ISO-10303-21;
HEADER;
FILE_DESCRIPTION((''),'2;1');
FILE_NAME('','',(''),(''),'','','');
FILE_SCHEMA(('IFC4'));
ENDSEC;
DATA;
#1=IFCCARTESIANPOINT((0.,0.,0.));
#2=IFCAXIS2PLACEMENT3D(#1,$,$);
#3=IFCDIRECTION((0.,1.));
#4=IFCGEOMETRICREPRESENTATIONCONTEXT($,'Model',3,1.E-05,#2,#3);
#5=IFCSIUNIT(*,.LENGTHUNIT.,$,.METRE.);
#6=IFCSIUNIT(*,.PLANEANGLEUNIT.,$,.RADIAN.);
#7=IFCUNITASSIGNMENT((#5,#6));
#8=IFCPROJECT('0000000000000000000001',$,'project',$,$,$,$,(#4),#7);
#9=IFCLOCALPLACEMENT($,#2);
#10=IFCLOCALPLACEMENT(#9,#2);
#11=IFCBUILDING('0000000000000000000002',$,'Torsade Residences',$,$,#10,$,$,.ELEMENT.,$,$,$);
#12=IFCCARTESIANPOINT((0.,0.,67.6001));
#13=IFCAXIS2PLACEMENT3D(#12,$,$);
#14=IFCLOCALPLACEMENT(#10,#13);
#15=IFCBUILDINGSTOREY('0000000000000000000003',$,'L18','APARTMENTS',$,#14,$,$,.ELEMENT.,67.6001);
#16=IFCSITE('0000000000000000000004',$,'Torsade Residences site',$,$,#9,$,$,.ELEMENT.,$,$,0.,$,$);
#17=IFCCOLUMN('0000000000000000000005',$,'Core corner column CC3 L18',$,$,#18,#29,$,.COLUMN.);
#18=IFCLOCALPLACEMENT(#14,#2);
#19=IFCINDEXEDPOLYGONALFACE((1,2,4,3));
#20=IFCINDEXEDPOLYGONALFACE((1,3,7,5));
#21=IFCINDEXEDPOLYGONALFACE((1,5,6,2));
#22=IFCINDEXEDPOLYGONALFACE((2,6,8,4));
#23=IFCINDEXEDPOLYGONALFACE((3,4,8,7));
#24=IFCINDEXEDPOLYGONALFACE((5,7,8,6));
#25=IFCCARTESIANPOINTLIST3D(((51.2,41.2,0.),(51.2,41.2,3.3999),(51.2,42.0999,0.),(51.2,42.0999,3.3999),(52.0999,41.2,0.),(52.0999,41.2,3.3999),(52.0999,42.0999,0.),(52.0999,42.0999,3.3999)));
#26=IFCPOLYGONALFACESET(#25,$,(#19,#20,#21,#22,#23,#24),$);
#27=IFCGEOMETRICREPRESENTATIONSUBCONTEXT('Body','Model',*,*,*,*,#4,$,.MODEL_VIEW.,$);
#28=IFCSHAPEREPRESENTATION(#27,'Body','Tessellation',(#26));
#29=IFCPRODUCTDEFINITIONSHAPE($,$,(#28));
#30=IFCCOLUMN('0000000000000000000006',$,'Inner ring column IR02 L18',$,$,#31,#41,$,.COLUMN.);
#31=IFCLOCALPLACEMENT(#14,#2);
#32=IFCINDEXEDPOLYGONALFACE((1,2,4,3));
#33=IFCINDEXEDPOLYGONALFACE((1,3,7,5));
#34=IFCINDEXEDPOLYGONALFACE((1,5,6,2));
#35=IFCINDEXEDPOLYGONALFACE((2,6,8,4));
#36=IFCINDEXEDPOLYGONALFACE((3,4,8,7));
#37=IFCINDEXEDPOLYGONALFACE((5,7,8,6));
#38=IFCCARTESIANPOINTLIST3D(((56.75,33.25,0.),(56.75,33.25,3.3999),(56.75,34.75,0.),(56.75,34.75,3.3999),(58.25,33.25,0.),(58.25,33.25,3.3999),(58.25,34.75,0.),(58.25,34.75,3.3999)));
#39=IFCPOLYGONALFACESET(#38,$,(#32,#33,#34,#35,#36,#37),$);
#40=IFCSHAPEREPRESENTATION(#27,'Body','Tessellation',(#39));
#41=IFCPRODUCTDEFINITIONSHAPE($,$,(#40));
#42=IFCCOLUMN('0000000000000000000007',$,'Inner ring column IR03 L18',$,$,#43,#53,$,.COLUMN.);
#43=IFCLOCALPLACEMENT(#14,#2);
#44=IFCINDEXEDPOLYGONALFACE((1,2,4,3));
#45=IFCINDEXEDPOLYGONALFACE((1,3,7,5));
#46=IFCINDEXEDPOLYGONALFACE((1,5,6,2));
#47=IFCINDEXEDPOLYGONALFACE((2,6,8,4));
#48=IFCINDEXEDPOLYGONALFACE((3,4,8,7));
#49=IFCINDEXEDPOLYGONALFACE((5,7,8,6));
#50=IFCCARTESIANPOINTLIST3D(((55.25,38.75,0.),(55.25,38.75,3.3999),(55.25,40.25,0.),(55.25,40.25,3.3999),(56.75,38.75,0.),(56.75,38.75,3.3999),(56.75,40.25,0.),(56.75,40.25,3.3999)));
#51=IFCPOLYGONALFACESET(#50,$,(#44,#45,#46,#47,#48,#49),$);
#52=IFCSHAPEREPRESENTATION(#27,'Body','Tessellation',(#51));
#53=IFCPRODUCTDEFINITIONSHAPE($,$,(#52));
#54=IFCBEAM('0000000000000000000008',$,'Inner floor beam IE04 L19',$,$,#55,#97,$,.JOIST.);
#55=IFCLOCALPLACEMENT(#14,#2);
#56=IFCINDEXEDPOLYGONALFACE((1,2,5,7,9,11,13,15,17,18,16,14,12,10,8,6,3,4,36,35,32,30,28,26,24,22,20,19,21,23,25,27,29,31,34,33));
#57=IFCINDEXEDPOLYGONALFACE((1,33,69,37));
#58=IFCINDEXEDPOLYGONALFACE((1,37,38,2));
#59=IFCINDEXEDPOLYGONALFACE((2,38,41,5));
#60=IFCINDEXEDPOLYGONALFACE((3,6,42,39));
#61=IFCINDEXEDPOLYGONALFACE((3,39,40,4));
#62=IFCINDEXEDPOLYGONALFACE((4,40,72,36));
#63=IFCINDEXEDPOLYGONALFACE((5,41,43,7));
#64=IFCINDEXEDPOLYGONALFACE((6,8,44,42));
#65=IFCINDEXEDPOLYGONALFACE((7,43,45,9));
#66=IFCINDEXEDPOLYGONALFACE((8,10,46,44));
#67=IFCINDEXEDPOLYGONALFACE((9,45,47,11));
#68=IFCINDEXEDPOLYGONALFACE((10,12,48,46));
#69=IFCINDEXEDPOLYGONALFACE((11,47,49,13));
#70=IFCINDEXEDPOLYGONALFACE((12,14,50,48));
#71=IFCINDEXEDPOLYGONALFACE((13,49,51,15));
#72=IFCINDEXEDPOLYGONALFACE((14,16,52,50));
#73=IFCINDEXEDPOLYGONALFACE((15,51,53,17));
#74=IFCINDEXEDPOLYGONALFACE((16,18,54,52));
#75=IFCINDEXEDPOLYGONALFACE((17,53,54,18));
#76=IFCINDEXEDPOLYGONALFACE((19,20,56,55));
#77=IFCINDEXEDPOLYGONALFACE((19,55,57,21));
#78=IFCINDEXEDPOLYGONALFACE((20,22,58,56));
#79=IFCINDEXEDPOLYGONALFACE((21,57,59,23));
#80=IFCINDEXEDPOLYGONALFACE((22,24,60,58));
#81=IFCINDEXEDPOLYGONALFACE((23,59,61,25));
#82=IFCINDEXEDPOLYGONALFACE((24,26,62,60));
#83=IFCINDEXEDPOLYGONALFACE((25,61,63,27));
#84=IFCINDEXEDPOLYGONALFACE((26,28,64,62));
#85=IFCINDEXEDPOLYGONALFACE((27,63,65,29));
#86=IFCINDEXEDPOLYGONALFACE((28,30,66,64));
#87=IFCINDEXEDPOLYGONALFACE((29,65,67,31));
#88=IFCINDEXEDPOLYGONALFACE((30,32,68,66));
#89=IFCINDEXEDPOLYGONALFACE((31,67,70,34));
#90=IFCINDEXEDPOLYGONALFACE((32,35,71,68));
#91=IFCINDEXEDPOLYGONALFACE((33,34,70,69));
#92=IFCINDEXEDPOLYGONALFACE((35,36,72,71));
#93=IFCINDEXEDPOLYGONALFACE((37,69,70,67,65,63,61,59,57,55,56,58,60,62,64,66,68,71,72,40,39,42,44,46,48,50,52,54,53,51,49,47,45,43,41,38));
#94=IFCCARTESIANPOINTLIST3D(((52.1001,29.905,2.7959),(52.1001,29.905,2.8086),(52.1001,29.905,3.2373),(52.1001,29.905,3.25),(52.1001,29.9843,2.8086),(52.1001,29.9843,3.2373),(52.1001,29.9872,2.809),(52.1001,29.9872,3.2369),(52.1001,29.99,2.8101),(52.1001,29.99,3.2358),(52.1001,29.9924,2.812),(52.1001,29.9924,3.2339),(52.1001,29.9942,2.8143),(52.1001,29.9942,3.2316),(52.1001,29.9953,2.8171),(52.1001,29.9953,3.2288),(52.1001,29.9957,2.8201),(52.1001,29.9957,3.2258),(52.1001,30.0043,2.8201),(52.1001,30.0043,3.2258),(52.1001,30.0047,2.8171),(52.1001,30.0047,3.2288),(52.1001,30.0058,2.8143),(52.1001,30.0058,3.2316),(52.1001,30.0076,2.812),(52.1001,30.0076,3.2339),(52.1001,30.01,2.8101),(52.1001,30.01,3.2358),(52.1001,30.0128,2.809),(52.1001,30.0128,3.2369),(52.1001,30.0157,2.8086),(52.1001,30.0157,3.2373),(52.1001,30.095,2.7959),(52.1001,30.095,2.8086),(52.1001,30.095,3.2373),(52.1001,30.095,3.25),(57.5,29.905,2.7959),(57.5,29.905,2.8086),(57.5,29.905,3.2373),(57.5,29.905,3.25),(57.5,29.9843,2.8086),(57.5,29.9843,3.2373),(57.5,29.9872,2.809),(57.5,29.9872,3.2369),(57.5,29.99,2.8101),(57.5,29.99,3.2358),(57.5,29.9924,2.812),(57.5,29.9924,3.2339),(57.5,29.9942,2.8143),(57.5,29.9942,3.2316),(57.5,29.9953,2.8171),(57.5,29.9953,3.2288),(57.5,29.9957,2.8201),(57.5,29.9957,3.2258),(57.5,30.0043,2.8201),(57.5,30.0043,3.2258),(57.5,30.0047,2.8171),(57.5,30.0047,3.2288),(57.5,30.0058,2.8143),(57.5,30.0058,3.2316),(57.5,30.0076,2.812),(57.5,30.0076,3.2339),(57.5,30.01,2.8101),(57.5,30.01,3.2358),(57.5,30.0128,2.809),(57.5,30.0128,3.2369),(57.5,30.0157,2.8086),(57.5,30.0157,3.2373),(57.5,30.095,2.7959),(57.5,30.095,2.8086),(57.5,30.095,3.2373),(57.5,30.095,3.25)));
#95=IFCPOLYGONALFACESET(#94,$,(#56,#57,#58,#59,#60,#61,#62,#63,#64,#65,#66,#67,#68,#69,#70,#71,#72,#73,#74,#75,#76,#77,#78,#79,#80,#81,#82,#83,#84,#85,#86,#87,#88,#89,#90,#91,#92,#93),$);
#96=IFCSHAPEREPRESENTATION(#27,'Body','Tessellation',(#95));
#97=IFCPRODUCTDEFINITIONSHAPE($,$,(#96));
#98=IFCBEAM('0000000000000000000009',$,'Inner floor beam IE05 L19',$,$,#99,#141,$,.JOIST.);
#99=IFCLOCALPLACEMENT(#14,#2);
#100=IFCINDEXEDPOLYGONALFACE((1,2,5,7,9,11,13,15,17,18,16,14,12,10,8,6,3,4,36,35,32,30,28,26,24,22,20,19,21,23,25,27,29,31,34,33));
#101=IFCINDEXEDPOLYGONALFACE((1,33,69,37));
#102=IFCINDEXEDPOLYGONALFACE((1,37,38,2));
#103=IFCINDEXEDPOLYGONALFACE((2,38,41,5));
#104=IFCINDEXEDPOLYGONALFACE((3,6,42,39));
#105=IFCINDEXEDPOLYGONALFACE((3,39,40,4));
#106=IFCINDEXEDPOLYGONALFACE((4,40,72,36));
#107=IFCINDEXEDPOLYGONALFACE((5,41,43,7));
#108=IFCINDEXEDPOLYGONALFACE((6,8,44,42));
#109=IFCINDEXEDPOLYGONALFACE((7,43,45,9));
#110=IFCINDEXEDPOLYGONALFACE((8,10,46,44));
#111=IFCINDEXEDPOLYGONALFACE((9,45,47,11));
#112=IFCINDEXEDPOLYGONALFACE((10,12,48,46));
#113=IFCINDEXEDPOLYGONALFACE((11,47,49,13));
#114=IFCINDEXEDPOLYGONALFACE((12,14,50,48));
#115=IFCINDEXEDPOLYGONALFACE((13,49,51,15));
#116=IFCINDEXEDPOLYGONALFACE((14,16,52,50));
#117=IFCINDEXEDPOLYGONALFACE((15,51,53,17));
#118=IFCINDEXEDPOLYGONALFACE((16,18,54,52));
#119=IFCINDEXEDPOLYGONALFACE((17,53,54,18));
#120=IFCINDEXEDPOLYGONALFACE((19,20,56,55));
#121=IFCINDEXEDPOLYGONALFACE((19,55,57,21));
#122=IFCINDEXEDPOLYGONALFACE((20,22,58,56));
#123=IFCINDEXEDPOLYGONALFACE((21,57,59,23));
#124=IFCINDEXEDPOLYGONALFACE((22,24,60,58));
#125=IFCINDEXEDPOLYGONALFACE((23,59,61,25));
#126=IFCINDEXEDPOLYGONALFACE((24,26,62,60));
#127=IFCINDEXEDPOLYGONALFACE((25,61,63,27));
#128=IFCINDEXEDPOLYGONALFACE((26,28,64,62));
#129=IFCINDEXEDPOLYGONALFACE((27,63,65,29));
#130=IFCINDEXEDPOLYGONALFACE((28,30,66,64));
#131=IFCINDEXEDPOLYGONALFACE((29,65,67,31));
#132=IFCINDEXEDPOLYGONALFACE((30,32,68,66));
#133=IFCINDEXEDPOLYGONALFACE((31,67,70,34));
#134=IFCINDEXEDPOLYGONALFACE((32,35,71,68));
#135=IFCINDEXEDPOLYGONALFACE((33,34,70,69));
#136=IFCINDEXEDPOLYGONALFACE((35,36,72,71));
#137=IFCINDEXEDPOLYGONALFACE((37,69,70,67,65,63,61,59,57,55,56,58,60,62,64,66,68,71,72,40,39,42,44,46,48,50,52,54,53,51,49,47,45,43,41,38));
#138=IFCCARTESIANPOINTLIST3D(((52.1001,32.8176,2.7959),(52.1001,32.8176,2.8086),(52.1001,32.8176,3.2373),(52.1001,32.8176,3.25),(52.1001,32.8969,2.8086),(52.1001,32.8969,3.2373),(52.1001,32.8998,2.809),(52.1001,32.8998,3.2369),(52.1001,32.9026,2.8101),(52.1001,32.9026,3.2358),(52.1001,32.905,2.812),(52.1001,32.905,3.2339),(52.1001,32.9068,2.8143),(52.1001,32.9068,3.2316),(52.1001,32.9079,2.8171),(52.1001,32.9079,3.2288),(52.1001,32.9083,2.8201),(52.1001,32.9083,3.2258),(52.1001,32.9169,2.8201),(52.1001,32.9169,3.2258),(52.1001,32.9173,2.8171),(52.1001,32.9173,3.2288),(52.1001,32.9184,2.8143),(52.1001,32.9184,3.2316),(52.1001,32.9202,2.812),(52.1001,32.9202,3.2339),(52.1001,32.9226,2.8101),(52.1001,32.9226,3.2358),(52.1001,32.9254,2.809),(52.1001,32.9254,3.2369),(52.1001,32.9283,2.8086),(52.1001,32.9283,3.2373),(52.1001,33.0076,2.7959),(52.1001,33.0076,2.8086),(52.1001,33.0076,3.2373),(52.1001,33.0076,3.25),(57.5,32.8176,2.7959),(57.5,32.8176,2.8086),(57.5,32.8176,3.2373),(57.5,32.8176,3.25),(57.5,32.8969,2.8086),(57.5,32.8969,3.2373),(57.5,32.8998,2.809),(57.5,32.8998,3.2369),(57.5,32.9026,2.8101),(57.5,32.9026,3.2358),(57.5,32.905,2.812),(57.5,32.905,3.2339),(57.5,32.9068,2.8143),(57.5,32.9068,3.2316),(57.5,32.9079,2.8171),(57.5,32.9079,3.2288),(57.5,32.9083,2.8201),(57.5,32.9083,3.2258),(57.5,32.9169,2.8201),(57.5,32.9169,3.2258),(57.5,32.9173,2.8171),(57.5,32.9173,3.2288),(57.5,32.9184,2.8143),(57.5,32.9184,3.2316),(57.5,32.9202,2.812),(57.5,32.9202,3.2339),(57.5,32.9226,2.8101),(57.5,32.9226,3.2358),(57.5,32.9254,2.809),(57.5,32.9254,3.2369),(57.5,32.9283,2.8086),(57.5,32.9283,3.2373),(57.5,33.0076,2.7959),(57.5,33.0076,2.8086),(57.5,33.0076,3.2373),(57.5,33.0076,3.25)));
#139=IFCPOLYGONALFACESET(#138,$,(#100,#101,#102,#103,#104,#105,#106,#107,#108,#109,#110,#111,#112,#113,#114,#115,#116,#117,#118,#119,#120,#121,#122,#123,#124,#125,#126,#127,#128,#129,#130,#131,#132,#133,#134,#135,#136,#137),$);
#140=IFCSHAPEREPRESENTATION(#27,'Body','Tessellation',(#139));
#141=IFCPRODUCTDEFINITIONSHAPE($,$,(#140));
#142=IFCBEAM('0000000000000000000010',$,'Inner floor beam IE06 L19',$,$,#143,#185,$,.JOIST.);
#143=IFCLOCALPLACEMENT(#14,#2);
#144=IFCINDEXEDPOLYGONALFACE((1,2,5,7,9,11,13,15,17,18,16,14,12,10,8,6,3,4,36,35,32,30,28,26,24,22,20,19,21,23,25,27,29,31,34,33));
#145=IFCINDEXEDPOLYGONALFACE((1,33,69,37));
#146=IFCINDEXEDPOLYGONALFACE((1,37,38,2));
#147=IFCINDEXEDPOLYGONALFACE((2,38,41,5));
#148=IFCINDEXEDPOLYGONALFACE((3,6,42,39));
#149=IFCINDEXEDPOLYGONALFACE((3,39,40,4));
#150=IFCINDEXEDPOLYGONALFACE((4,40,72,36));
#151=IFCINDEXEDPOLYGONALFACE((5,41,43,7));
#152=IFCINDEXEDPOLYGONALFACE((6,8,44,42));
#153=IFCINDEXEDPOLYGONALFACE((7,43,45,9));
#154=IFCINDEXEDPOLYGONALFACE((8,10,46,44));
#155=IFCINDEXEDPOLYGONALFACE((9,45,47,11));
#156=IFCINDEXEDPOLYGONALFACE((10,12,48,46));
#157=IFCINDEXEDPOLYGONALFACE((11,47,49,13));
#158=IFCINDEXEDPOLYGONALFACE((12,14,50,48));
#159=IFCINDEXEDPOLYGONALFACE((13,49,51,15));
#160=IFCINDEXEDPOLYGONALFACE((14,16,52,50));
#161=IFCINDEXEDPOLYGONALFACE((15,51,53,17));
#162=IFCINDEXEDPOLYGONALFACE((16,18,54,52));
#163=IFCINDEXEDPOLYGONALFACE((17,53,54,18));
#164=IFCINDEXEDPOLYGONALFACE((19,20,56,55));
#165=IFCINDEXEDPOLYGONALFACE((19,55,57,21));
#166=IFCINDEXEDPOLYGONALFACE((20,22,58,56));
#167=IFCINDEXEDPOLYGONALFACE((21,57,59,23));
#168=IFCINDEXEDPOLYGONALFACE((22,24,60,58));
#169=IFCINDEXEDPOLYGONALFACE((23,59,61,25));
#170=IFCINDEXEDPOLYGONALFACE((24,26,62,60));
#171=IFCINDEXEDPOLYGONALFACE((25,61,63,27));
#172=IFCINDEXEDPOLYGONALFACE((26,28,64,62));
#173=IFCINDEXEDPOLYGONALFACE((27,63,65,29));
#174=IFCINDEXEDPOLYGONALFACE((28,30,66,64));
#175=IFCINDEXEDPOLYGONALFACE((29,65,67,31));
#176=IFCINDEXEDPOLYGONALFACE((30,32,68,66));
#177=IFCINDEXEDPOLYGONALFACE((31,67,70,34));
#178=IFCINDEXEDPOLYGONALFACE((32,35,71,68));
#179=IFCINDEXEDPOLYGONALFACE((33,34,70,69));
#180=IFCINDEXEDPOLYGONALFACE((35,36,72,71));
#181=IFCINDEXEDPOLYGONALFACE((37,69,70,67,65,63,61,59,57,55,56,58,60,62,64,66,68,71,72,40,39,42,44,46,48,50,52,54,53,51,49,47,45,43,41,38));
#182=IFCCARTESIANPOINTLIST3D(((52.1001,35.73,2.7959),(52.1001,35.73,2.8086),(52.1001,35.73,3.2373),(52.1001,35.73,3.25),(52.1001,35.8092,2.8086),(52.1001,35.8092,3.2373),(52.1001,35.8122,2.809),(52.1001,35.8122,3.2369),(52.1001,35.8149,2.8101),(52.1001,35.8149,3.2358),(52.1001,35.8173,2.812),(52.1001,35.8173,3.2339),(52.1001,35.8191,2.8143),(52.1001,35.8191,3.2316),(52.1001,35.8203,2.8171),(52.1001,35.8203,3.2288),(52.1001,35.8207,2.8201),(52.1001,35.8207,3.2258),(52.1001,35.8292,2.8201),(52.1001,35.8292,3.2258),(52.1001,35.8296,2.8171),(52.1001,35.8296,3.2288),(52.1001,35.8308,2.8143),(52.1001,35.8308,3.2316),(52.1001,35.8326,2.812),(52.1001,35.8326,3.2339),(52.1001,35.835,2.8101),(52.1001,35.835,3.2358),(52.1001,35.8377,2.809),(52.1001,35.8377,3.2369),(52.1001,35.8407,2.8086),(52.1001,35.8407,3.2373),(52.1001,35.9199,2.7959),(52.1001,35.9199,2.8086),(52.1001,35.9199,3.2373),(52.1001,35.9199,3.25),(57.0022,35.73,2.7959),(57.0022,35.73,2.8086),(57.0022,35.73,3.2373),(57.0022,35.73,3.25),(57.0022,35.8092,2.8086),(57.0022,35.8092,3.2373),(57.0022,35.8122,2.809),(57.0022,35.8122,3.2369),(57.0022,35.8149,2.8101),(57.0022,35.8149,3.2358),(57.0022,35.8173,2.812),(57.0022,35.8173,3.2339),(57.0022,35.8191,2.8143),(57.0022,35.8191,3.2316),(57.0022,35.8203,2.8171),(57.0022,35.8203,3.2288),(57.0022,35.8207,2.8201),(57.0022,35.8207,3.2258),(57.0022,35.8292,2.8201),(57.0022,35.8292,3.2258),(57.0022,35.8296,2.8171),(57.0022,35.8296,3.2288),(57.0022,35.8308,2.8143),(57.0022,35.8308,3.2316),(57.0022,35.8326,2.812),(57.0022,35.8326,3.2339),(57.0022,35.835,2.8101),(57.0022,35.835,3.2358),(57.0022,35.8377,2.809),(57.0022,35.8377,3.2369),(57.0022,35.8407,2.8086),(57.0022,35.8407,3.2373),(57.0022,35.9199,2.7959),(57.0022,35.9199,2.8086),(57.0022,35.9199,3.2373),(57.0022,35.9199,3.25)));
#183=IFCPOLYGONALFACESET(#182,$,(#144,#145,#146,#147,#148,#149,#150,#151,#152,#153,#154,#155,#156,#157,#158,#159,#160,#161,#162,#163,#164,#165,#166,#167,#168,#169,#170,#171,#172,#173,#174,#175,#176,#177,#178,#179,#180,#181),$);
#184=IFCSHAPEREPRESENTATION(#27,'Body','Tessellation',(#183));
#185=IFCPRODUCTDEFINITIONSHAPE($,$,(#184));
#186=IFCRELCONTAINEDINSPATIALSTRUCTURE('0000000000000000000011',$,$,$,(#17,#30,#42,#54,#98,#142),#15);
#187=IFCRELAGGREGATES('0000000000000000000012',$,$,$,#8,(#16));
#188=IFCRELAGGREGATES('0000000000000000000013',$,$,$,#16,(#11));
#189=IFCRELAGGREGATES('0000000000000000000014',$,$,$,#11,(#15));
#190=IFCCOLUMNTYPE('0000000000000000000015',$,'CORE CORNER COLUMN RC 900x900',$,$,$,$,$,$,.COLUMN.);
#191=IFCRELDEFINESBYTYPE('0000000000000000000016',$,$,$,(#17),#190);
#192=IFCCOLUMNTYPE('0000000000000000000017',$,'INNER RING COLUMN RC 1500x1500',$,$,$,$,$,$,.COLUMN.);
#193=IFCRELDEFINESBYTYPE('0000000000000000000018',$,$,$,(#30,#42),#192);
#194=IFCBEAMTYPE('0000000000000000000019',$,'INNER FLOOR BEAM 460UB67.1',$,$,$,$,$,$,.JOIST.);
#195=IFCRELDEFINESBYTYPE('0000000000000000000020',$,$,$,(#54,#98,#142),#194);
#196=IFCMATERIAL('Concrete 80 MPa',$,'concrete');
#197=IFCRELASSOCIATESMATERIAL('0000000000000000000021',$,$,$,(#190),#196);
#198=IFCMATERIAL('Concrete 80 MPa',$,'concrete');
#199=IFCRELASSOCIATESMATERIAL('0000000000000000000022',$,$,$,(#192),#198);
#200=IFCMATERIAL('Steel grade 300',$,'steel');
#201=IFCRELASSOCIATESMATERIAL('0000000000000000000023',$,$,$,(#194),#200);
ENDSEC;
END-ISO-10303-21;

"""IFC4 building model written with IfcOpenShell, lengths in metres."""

from ifc_helpers import new_model, si_unit, direction, frame, origin, origin_2d, place, context, subcontext, project, spatial, rectangle, i_section, extrude, material, material_profile, profile_set, type_object, element, save


model = new_model("IFC4")

# Units and contexts
model_context = context("Model", 3, precision=1e-05, world=origin(), true_north=direction((0.0, 1.0)))
body_context = subcontext(model_context, "Body", "Model", "MODEL_VIEW")
ifc_project = project(units=[si_unit("LENGTHUNIT", "METRE"), si_unit("PLANEANGLEUNIT", "RADIAN")], contexts=[model_context])

# Site, building, storey
site_placement = place(None, origin())
site = spatial("IfcSite", under=ifc_project, at=site_placement, Name="Torsade Residences site", CompositionType="ELEMENT", RefElevation=0.0)
building_placement = place(site_placement, origin())
building = spatial("IfcBuilding", under=site, at=building_placement, Name="Torsade Residences", CompositionType="ELEMENT")
storey_placement = place(building_placement, frame((0.0, 0.0, 67.6001)))
storey = spatial("IfcBuildingStorey", under=building, at=storey_placement, Name="L18", Description="APARTMENTS", CompositionType="ELEMENT", Elevation=67.6001)

# Columns
ifc_material_1 = material(Name="Concrete 80 MPa", Category="concrete")
ifc_material_profile_1 = material_profile(ifc_material_1, rectangle(XDim=0.8999, YDim=0.8999, at=origin_2d()), Name="RC 900x900")
ifc_profile_set_1 = profile_set([ifc_material_profile_1], Name="Concrete 80 MPa")
column_type_1 = type_object("IfcColumnType", Name="CORE CORNER COLUMN RC 900x900", PredefinedType="COLUMN", material=ifc_profile_set_1)
column_placement = place(storey_placement, frame((51.6499, 41.6499, 0.0), z_axis=(0.0, 0.0, 1.0), x_axis=(1.0, 0.0, 0.0)))
element("IfcColumn", 1, at=column_placement, inside=storey, type_object=column_type_1, Name="Core corner column CC3 L18", PredefinedType="COLUMN", context=body_context, shape_type="SweptSolid", body=[
    extrude(rectangle(XDim=0.8999, YDim=0.8999, at=origin_2d()), origin(), (0.0, 0.0, 1.0), 3.3999),
])
ifc_material_2 = material(Name="Concrete 80 MPa", Category="concrete")
ifc_material_profile_2 = material_profile(ifc_material_2, rectangle(XDim=1.5, YDim=1.5, at=origin_2d()), Name="RC 1500x1500")
ifc_profile_set_2 = profile_set([ifc_material_profile_2], Name="Concrete 80 MPa")
column_type_2 = type_object("IfcColumnType", Name="INNER RING COLUMN RC 1500x1500", PredefinedType="COLUMN", material=ifc_profile_set_2)
for number, where, z_axis, x_axis, name in (
    (2, (57.5, 34.0, 0.0), (0.0, 0.0, 1.0), (1.0, 0.0, 0.0), "Inner ring column IR02 L18"),
    (3, (56.0, 39.5, 0.0), (0.0, 0.0, 1.0), (1.0, 0.0, 0.0), "Inner ring column IR03 L18"),
):
    element("IfcColumn", number, at=place(storey_placement, frame(where, z_axis=z_axis, x_axis=x_axis)), inside=storey, type_object=column_type_2, Name=name, PredefinedType="COLUMN", context=body_context, shape_type="SweptSolid", body=[
        extrude(rectangle(XDim=1.5, YDim=1.5, at=origin_2d()), origin(), (0.0, 0.0, 1.0), 3.3999),
    ])

# Beams
ifc_material_3 = material(Name="Steel grade 300", Category="steel")
ifc_material_profile_3 = material_profile(ifc_material_3, i_section(OverallWidth=0.1899, OverallDepth=0.4541, WebThickness=0.0085, FlangeThickness=0.0127, FilletRadius=0.0115, at=origin_2d()), Name="460UB67.1")
ifc_profile_set_3 = profile_set([ifc_material_profile_3], Name="Steel grade 300")
beam_type_1 = type_object("IfcBeamType", Name="INNER FLOOR BEAM 460UB67.1", PredefinedType="JOIST", material=ifc_profile_set_3)
for number, where, z_axis, x_axis, name in (
    (4, (52.1001, 30.0, 3.0229), (1.0, 0.0, 0.0), (0.0, 1.0, 0.0), "Inner floor beam IE04 L19"),
    (5, (52.1001, 32.9126, 3.0229), (1.0, 0.0, 0.0), (0.0, 1.0, 0.0), "Inner floor beam IE05 L19"),
):
    element("IfcBeam", number, at=place(storey_placement, frame(where, z_axis=z_axis, x_axis=x_axis)), inside=storey, type_object=beam_type_1, Name=name, PredefinedType="JOIST", context=body_context, shape_type="SweptSolid", body=[
        extrude(i_section(OverallWidth=0.1899, OverallDepth=0.4541, WebThickness=0.0085, FlangeThickness=0.0127, FilletRadius=0.0115, at=origin_2d()), origin(), (0.0, 0.0, 1.0), 5.3999),
    ])
beam_1_placement = place(storey_placement, frame((52.1001, 35.825, 3.0229), z_axis=(1.0, 0.0, 0.0), x_axis=(0.0, 1.0, 0.0)))
element("IfcBeam", 6, at=beam_1_placement, inside=storey, type_object=beam_type_1, Name="Inner floor beam IE06 L19", PredefinedType="JOIST", context=body_context, shape_type="SweptSolid", body=[
    extrude(i_section(OverallWidth=0.1899, OverallDepth=0.4541, WebThickness=0.0085, FlangeThickness=0.0127, FilletRadius=0.0115, at=origin_2d()), origin(), (0.0, 0.0, 1.0), 4.9021),
])

save(model, "model.ifc")
